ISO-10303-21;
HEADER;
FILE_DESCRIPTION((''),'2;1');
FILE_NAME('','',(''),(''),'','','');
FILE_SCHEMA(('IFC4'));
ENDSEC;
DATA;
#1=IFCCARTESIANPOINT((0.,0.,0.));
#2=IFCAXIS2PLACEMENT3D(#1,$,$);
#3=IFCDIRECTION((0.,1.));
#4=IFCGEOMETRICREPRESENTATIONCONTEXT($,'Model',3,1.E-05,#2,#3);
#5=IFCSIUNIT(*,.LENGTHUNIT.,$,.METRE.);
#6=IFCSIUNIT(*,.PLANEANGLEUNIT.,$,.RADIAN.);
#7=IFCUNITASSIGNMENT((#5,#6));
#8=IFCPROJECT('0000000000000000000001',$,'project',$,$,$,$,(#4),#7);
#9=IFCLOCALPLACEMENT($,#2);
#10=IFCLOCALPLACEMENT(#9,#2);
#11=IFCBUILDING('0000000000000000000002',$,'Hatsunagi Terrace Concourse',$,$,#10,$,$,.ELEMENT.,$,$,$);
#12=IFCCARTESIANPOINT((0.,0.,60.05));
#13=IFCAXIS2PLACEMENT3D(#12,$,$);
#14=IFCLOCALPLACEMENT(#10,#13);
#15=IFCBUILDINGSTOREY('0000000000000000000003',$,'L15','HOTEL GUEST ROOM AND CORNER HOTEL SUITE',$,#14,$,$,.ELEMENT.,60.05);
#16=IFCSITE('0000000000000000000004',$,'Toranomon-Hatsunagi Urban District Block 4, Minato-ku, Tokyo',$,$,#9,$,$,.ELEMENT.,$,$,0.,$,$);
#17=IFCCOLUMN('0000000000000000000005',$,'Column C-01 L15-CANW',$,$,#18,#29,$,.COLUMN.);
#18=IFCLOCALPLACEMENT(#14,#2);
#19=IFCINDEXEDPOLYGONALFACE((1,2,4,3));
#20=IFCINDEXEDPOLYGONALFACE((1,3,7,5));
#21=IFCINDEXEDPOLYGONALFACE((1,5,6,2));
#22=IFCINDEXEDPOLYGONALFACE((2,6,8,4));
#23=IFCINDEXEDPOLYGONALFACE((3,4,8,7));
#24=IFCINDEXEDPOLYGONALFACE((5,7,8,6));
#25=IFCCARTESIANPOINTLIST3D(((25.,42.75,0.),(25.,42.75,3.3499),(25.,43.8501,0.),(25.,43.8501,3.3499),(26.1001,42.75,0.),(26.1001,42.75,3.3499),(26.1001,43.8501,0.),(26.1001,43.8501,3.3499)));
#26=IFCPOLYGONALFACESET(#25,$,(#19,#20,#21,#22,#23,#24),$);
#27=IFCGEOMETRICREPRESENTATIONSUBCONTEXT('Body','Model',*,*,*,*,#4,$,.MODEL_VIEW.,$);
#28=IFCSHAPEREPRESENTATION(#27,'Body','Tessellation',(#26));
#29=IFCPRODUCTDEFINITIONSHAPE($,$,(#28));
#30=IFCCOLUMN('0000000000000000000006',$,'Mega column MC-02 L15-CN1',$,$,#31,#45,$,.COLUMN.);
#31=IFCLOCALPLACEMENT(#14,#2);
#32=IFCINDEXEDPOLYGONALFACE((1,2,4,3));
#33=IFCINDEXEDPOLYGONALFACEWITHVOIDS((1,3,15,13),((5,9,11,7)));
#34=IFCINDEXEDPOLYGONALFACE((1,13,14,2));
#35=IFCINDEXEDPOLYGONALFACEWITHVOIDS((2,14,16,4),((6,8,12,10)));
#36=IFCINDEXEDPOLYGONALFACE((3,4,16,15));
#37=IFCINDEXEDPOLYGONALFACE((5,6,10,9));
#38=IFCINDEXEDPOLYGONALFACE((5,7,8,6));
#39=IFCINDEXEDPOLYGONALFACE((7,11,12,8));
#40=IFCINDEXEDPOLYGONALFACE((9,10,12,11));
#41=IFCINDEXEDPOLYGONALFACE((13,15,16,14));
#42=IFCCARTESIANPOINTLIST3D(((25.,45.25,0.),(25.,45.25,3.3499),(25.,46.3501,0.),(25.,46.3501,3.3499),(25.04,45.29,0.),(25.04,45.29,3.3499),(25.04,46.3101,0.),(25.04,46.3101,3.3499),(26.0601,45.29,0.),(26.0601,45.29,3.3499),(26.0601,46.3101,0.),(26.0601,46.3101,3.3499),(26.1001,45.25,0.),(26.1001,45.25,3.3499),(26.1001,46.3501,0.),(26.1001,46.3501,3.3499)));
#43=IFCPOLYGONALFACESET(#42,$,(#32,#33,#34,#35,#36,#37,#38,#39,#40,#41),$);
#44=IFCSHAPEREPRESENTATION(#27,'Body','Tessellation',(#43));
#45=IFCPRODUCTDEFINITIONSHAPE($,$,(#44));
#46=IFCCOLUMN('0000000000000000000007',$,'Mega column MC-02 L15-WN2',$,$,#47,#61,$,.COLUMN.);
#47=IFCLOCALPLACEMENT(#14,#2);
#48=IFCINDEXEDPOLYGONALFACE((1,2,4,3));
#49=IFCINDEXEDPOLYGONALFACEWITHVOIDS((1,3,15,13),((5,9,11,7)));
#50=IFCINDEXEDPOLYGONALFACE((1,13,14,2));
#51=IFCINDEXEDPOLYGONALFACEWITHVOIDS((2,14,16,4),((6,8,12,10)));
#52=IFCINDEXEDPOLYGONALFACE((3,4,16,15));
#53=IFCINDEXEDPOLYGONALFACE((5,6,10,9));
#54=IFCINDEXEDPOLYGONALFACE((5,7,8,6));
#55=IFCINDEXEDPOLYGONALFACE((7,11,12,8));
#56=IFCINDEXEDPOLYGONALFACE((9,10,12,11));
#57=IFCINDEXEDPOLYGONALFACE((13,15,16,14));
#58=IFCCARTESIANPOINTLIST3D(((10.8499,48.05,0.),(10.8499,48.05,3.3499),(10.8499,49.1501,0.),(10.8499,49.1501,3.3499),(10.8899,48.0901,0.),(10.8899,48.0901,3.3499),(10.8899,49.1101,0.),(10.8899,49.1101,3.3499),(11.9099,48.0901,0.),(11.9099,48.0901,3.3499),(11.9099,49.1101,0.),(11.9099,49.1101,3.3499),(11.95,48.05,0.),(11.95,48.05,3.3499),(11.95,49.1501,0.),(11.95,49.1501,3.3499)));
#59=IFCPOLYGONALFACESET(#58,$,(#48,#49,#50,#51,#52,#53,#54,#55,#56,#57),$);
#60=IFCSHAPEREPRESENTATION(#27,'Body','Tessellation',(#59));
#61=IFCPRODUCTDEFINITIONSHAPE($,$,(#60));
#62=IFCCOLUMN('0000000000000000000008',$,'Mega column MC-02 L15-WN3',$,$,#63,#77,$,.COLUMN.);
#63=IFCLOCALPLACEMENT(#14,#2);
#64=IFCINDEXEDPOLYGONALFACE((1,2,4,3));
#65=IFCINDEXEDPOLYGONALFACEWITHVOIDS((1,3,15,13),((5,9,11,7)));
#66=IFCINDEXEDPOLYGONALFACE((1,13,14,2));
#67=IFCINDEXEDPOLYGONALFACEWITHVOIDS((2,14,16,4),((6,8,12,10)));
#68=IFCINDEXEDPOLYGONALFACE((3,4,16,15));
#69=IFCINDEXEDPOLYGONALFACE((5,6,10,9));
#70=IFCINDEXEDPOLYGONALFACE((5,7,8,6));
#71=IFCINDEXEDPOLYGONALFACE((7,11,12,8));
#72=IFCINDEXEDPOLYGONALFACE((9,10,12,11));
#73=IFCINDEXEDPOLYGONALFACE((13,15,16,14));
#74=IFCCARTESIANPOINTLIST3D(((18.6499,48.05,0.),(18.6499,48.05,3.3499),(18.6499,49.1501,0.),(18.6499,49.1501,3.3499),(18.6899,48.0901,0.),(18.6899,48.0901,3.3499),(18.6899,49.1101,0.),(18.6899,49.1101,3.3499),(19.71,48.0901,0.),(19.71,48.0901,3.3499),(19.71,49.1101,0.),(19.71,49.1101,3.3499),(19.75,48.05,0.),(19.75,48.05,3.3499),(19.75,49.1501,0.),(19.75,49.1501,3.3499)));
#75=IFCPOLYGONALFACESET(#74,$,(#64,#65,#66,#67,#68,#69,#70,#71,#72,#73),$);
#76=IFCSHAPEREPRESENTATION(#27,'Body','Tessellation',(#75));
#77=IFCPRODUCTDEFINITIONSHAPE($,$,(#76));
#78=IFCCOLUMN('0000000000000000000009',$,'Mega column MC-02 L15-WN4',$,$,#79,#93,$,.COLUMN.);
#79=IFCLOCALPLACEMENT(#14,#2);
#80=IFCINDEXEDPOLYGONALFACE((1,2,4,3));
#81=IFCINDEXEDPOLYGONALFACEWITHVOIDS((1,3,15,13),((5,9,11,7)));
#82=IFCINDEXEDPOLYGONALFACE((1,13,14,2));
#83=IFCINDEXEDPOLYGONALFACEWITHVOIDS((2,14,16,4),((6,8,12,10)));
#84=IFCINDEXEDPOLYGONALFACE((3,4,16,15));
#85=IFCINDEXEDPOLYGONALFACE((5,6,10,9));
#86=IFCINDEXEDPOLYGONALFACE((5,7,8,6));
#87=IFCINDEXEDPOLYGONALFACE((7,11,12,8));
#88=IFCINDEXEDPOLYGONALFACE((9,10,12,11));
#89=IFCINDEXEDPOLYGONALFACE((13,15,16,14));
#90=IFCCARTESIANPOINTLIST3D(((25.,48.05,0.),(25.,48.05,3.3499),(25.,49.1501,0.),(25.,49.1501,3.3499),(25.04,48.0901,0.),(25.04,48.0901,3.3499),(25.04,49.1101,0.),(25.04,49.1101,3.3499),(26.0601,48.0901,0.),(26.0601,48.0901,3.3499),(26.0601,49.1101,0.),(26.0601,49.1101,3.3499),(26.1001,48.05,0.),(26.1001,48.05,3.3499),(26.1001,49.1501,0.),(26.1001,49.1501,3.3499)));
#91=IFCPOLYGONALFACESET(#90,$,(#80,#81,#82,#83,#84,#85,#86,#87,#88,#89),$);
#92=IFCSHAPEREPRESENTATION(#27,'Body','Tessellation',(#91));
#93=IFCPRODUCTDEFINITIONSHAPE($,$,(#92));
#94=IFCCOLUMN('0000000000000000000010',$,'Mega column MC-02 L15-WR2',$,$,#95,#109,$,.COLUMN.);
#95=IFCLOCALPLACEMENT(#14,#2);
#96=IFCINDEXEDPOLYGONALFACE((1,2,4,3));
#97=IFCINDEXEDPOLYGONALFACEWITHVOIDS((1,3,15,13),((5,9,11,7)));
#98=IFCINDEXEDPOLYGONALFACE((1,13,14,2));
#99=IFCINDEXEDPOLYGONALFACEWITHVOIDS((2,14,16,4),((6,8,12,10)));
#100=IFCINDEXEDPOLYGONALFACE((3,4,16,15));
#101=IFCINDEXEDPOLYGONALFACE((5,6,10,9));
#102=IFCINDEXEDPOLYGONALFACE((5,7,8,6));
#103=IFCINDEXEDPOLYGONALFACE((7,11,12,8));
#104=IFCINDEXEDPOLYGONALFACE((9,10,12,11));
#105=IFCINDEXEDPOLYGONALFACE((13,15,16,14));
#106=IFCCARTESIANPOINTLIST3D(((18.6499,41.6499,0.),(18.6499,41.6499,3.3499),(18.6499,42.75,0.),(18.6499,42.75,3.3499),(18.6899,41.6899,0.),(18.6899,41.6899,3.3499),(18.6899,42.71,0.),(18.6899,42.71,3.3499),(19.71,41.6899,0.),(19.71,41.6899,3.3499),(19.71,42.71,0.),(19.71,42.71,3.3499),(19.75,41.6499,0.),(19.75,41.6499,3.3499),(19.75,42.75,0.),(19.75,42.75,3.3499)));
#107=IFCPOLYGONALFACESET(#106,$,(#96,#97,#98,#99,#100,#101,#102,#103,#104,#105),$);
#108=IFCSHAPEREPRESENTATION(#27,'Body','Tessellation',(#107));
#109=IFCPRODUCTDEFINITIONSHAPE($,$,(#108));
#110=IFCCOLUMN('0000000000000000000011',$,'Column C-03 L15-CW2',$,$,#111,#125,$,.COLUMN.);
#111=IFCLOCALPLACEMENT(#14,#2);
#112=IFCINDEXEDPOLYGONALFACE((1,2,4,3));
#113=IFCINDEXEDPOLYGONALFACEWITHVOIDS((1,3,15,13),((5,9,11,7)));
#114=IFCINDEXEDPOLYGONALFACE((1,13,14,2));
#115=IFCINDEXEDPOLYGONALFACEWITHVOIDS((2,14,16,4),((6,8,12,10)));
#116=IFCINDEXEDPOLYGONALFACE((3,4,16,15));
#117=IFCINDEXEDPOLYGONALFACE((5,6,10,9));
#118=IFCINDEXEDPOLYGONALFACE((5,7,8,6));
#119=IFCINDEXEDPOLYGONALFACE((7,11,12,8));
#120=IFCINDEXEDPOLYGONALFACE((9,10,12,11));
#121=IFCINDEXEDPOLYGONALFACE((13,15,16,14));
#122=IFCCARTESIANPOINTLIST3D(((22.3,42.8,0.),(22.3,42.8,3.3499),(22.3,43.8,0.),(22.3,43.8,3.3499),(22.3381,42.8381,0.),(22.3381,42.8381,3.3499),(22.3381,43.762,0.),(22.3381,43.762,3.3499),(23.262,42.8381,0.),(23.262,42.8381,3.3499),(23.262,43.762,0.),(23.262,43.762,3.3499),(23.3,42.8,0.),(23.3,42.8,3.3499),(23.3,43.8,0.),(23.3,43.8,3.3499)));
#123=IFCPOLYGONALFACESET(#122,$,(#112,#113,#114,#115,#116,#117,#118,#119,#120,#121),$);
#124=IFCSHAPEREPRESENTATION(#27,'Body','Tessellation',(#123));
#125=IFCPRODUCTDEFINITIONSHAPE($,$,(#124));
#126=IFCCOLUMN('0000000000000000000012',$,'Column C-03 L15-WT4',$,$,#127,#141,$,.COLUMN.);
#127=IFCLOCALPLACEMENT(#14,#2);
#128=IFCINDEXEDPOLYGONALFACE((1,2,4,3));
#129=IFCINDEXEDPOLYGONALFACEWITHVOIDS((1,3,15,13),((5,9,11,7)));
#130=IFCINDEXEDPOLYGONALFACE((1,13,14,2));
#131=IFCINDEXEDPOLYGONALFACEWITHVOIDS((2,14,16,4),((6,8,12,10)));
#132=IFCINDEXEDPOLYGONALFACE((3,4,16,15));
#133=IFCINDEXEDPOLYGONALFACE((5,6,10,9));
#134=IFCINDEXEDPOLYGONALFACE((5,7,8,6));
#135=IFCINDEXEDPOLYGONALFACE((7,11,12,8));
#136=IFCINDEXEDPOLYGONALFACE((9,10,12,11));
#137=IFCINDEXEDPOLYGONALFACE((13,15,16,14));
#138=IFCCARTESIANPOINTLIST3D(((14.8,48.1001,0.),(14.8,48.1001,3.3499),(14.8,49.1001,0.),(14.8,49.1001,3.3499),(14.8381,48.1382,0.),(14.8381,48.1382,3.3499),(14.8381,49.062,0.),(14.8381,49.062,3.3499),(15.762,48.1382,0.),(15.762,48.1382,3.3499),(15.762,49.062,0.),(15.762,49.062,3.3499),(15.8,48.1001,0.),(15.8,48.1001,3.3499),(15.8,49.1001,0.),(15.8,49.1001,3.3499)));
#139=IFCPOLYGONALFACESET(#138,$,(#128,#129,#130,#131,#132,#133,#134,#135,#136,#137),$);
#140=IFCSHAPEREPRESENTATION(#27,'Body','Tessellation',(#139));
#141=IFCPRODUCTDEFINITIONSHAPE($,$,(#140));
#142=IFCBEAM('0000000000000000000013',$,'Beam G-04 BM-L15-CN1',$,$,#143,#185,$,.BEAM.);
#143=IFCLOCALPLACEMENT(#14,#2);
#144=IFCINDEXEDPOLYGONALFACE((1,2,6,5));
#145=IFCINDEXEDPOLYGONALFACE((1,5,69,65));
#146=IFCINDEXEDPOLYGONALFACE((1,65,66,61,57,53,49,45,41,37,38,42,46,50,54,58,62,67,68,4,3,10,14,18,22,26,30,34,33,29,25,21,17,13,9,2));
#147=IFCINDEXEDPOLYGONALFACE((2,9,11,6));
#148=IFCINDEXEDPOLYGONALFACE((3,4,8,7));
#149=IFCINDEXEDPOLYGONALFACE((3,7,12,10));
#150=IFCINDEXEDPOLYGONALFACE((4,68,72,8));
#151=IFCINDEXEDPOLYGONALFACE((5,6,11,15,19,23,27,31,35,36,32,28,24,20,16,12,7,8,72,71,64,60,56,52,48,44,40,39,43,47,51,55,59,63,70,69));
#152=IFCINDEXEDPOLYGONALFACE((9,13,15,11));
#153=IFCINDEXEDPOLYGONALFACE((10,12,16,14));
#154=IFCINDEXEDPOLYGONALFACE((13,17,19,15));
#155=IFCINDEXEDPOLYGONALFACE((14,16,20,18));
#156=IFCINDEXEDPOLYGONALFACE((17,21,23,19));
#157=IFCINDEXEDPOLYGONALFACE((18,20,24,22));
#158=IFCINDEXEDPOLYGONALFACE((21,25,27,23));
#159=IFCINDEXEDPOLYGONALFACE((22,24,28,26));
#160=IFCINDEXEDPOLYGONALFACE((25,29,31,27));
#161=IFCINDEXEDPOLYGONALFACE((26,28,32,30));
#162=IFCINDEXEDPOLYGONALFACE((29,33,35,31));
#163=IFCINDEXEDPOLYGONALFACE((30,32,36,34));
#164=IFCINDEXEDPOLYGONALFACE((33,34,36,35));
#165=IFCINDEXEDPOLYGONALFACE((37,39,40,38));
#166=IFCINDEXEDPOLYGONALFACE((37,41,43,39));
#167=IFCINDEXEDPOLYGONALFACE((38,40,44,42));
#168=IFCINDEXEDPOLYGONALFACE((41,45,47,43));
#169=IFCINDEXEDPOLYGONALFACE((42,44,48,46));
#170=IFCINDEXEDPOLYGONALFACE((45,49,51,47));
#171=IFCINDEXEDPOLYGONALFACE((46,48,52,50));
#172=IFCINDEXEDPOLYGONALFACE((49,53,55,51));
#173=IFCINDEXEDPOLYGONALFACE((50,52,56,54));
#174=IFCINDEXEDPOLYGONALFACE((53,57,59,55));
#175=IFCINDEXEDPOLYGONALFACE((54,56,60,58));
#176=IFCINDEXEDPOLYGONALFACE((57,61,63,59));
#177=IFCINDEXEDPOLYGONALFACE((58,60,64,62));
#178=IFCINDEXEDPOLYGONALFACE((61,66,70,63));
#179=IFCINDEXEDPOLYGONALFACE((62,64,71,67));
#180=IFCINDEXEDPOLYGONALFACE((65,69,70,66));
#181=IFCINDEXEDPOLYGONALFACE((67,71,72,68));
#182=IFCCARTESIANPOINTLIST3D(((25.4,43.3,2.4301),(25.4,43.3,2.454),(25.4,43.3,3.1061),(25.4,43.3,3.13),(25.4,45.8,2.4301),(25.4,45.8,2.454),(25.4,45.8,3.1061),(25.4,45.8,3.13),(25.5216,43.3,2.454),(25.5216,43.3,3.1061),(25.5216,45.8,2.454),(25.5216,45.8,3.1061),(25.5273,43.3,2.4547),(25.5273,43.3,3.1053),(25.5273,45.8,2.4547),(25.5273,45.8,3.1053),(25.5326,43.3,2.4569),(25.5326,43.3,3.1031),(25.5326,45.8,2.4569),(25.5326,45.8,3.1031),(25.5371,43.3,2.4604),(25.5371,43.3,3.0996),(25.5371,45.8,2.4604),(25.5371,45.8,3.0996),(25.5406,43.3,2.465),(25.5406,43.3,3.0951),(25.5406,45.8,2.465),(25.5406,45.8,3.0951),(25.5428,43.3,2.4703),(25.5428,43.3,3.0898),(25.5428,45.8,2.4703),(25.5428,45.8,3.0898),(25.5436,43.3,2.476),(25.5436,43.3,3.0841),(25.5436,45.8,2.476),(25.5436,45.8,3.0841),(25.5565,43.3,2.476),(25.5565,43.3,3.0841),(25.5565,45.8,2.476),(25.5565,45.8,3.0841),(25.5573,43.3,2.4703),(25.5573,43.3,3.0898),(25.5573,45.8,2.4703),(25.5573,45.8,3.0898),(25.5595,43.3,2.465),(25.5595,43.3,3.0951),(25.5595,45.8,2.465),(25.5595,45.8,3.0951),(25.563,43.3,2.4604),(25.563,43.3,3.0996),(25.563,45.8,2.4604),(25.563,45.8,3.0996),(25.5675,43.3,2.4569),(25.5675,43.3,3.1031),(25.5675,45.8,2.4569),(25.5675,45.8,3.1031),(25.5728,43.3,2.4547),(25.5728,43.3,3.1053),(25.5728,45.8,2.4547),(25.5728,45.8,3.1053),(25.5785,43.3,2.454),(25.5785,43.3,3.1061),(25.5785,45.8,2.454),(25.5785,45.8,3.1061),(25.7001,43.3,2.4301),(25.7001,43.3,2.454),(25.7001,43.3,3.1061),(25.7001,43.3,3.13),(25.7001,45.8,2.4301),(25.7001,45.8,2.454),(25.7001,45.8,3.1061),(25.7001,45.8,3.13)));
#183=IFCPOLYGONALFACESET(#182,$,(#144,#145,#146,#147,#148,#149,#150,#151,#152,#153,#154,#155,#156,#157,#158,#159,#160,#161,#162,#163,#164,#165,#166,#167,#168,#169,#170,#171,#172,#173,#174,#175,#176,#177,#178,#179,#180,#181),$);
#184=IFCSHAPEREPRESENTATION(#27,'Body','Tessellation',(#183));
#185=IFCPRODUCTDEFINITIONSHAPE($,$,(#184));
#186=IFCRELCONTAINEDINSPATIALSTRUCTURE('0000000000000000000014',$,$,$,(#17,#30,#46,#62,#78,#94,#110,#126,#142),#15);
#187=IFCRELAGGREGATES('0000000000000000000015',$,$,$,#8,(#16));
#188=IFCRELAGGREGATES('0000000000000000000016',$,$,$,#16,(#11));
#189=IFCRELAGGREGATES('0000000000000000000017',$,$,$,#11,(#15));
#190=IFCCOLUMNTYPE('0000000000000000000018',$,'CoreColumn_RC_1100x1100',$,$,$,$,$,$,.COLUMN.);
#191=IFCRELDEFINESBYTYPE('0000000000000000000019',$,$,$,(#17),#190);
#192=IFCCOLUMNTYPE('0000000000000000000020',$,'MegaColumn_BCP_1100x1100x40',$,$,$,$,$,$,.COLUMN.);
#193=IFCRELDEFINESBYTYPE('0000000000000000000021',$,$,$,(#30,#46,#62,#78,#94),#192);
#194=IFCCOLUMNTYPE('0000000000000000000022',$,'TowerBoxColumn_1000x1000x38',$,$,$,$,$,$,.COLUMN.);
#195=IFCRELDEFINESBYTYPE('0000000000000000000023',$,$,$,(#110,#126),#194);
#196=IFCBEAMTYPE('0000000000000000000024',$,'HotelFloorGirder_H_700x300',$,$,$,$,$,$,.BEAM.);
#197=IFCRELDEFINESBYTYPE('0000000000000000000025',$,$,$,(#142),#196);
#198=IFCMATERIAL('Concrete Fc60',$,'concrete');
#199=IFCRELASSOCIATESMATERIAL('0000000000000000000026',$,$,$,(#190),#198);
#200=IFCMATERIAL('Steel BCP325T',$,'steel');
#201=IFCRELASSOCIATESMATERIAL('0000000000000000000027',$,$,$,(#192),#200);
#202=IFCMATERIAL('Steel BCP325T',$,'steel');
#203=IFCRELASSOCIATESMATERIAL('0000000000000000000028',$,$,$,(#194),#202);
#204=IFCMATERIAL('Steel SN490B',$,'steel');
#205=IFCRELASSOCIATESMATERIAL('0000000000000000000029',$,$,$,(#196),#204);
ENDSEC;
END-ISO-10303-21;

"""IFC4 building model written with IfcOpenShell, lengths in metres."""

from ifc_helpers import new_model, si_unit, direction, frame, origin, origin_2d, place, context, subcontext, project, spatial, rectangle, hollow_rectangle, i_section, extrude, material, material_profile, profile_set, type_object, element, save


model = new_model("IFC4")

# Units and contexts
model_context = context("Model", 3, precision=1e-05, world=origin(), true_north=direction((0.0, 1.0)))
body_context = subcontext(model_context, "Body", "Model", "MODEL_VIEW")
ifc_project = project(units=[si_unit("LENGTHUNIT", "METRE"), si_unit("PLANEANGLEUNIT", "RADIAN")], contexts=[model_context])

# Site, building, storey
site_placement = place(None, origin())
site = spatial("IfcSite", under=ifc_project, at=site_placement, Name="Toranomon-Hatsunagi Urban District Block 4, Minato-ku, Tokyo", CompositionType="ELEMENT", RefElevation=0.0)
building_placement = place(site_placement, origin())
building = spatial("IfcBuilding", under=site, at=building_placement, Name="Hatsunagi Terrace Concourse", CompositionType="ELEMENT")
storey_placement = place(building_placement, frame((0.0, 0.0, 60.05)))
storey = spatial("IfcBuildingStorey", under=building, at=storey_placement, Name="L15", Description="HOTEL GUEST ROOM AND CORNER HOTEL SUITE", CompositionType="ELEMENT", Elevation=60.05)

# Columns
ifc_material_1 = material(Name="Concrete Fc60", Category="concrete")
ifc_material_profile_1 = material_profile(ifc_material_1, rectangle(XDim=1.1001, YDim=1.1001, at=origin_2d()), Name="RC-1100x1100")
ifc_profile_set_1 = profile_set([ifc_material_profile_1], Name="Concrete Fc60")
column_type_1 = type_object("IfcColumnType", Name="CoreColumn_RC_1100x1100", PredefinedType="COLUMN", material=ifc_profile_set_1)
column_placement = place(storey_placement, frame((25.55, 43.3, 0.0), z_axis=(0.0, 0.0, 1.0), x_axis=(1.0, 0.0, 0.0)))
element("IfcColumn", 1, at=column_placement, inside=storey, type_object=column_type_1, Name="Column C-01 L15-CANW", PredefinedType="COLUMN", context=body_context, shape_type="SweptSolid", body=[
    extrude(rectangle(XDim=1.1001, YDim=1.1001, at=origin_2d()), origin(), (0.0, 0.0, 1.0), 3.3499),
])
ifc_material_2 = material(Name="Steel BCP325T", Category="steel")
ifc_material_profile_2 = material_profile(ifc_material_2, hollow_rectangle(XDim=1.1001, YDim=1.1001, WallThickness=0.04, at=origin_2d()), Name="BCP-1100x1100x40")
ifc_profile_set_2 = profile_set([ifc_material_profile_2], Name="Steel BCP325T")
column_type_2 = type_object("IfcColumnType", Name="MegaColumn_BCP_1100x1100x40", PredefinedType="COLUMN", material=ifc_profile_set_2)
for number, where, z_axis, x_axis, name in (
    (2, (25.55, 45.8, 0.0), (0.0, 0.0, 1.0), (1.0, 0.0, 0.0), "Mega column MC-02 L15-CN1"),
    (3, (11.3999, 48.6001, 0.0), (0.0, 0.0, 1.0), (1.0, 0.0, 0.0), "Mega column MC-02 L15-WN2"),
    (4, (19.2, 48.6001, 0.0), (0.0, 0.0, 1.0), (1.0, 0.0, 0.0), "Mega column MC-02 L15-WN3"),
    (5, (25.55, 48.6001, 0.0), (0.0, 0.0, 1.0), (1.0, 0.0, 0.0), "Mega column MC-02 L15-WN4"),
    (6, (19.2, 42.2, 0.0), (0.0, 0.0, 1.0), (1.0, 0.0, 0.0), "Mega column MC-02 L15-WR2"),
):
    element("IfcColumn", number, at=place(storey_placement, frame(where, z_axis=z_axis, x_axis=x_axis)), inside=storey, type_object=column_type_2, Name=name, PredefinedType="COLUMN", context=body_context, shape_type="SweptSolid", body=[
        extrude(hollow_rectangle(XDim=1.1001, YDim=1.1001, WallThickness=0.04, at=origin_2d()), origin(), (0.0, 0.0, 1.0), 3.3499),
    ])
ifc_material_3 = material(Name="Steel BCP325T", Category="steel")
ifc_material_profile_3 = material_profile(ifc_material_3, hollow_rectangle(XDim=1.0, YDim=1.0, WallThickness=0.0381, at=origin_2d()), Name="BCP-1000x1000x38")
ifc_profile_set_3 = profile_set([ifc_material_profile_3], Name="Steel BCP325T")
column_type_3 = type_object("IfcColumnType", Name="TowerBoxColumn_1000x1000x38", PredefinedType="COLUMN", material=ifc_profile_set_3)
for number, where, z_axis, x_axis, name in (
    (7, (22.8, 43.3, 0.0), (0.0, 0.0, 1.0), (1.0, 0.0, 0.0), "Column C-03 L15-CW2"),
    (8, (15.3, 48.6001, 0.0), (0.0, 0.0, 1.0), (1.0, 0.0, 0.0), "Column C-03 L15-WT4"),
):
    element("IfcColumn", number, at=place(storey_placement, frame(where, z_axis=z_axis, x_axis=x_axis)), inside=storey, type_object=column_type_3, Name=name, PredefinedType="COLUMN", context=body_context, shape_type="SweptSolid", body=[
        extrude(hollow_rectangle(XDim=1.0, YDim=1.0, WallThickness=0.0381, at=origin_2d()), origin(), (0.0, 0.0, 1.0), 3.3499),
    ])

# Beam
ifc_material_4 = material(Name="Steel SN490B", Category="steel")
ifc_material_profile_4 = material_profile(ifc_material_4, i_section(OverallWidth=0.3, OverallDepth=0.7, WebThickness=0.0129, FlangeThickness=0.0239, FilletRadius=0.022, at=origin_2d()), Name="H-700x300x13x24")
ifc_profile_set_4 = profile_set([ifc_material_profile_4], Name="Steel SN490B")
beam_type_1 = type_object("IfcBeamType", Name="HotelFloorGirder_H_700x300", PredefinedType="BEAM", material=ifc_profile_set_4)
beam_1_placement = place(storey_placement, frame((25.55, 43.3, 2.78), z_axis=(0.0, 1.0, 0.0), x_axis=(-1.0, 0.0, 0.0)))
element("IfcBeam", 9, at=beam_1_placement, inside=storey, type_object=beam_type_1, Name="Beam G-04 BM-L15-CN1", PredefinedType="BEAM", context=body_context, shape_type="SweptSolid", body=[
    extrude(i_section(OverallWidth=0.3, OverallDepth=0.7, WebThickness=0.0129, FlangeThickness=0.0239, FilletRadius=0.022, at=origin_2d()), origin(), (0.0, 0.0, 1.0), 2.5),
])

save(model, "model.ifc")
